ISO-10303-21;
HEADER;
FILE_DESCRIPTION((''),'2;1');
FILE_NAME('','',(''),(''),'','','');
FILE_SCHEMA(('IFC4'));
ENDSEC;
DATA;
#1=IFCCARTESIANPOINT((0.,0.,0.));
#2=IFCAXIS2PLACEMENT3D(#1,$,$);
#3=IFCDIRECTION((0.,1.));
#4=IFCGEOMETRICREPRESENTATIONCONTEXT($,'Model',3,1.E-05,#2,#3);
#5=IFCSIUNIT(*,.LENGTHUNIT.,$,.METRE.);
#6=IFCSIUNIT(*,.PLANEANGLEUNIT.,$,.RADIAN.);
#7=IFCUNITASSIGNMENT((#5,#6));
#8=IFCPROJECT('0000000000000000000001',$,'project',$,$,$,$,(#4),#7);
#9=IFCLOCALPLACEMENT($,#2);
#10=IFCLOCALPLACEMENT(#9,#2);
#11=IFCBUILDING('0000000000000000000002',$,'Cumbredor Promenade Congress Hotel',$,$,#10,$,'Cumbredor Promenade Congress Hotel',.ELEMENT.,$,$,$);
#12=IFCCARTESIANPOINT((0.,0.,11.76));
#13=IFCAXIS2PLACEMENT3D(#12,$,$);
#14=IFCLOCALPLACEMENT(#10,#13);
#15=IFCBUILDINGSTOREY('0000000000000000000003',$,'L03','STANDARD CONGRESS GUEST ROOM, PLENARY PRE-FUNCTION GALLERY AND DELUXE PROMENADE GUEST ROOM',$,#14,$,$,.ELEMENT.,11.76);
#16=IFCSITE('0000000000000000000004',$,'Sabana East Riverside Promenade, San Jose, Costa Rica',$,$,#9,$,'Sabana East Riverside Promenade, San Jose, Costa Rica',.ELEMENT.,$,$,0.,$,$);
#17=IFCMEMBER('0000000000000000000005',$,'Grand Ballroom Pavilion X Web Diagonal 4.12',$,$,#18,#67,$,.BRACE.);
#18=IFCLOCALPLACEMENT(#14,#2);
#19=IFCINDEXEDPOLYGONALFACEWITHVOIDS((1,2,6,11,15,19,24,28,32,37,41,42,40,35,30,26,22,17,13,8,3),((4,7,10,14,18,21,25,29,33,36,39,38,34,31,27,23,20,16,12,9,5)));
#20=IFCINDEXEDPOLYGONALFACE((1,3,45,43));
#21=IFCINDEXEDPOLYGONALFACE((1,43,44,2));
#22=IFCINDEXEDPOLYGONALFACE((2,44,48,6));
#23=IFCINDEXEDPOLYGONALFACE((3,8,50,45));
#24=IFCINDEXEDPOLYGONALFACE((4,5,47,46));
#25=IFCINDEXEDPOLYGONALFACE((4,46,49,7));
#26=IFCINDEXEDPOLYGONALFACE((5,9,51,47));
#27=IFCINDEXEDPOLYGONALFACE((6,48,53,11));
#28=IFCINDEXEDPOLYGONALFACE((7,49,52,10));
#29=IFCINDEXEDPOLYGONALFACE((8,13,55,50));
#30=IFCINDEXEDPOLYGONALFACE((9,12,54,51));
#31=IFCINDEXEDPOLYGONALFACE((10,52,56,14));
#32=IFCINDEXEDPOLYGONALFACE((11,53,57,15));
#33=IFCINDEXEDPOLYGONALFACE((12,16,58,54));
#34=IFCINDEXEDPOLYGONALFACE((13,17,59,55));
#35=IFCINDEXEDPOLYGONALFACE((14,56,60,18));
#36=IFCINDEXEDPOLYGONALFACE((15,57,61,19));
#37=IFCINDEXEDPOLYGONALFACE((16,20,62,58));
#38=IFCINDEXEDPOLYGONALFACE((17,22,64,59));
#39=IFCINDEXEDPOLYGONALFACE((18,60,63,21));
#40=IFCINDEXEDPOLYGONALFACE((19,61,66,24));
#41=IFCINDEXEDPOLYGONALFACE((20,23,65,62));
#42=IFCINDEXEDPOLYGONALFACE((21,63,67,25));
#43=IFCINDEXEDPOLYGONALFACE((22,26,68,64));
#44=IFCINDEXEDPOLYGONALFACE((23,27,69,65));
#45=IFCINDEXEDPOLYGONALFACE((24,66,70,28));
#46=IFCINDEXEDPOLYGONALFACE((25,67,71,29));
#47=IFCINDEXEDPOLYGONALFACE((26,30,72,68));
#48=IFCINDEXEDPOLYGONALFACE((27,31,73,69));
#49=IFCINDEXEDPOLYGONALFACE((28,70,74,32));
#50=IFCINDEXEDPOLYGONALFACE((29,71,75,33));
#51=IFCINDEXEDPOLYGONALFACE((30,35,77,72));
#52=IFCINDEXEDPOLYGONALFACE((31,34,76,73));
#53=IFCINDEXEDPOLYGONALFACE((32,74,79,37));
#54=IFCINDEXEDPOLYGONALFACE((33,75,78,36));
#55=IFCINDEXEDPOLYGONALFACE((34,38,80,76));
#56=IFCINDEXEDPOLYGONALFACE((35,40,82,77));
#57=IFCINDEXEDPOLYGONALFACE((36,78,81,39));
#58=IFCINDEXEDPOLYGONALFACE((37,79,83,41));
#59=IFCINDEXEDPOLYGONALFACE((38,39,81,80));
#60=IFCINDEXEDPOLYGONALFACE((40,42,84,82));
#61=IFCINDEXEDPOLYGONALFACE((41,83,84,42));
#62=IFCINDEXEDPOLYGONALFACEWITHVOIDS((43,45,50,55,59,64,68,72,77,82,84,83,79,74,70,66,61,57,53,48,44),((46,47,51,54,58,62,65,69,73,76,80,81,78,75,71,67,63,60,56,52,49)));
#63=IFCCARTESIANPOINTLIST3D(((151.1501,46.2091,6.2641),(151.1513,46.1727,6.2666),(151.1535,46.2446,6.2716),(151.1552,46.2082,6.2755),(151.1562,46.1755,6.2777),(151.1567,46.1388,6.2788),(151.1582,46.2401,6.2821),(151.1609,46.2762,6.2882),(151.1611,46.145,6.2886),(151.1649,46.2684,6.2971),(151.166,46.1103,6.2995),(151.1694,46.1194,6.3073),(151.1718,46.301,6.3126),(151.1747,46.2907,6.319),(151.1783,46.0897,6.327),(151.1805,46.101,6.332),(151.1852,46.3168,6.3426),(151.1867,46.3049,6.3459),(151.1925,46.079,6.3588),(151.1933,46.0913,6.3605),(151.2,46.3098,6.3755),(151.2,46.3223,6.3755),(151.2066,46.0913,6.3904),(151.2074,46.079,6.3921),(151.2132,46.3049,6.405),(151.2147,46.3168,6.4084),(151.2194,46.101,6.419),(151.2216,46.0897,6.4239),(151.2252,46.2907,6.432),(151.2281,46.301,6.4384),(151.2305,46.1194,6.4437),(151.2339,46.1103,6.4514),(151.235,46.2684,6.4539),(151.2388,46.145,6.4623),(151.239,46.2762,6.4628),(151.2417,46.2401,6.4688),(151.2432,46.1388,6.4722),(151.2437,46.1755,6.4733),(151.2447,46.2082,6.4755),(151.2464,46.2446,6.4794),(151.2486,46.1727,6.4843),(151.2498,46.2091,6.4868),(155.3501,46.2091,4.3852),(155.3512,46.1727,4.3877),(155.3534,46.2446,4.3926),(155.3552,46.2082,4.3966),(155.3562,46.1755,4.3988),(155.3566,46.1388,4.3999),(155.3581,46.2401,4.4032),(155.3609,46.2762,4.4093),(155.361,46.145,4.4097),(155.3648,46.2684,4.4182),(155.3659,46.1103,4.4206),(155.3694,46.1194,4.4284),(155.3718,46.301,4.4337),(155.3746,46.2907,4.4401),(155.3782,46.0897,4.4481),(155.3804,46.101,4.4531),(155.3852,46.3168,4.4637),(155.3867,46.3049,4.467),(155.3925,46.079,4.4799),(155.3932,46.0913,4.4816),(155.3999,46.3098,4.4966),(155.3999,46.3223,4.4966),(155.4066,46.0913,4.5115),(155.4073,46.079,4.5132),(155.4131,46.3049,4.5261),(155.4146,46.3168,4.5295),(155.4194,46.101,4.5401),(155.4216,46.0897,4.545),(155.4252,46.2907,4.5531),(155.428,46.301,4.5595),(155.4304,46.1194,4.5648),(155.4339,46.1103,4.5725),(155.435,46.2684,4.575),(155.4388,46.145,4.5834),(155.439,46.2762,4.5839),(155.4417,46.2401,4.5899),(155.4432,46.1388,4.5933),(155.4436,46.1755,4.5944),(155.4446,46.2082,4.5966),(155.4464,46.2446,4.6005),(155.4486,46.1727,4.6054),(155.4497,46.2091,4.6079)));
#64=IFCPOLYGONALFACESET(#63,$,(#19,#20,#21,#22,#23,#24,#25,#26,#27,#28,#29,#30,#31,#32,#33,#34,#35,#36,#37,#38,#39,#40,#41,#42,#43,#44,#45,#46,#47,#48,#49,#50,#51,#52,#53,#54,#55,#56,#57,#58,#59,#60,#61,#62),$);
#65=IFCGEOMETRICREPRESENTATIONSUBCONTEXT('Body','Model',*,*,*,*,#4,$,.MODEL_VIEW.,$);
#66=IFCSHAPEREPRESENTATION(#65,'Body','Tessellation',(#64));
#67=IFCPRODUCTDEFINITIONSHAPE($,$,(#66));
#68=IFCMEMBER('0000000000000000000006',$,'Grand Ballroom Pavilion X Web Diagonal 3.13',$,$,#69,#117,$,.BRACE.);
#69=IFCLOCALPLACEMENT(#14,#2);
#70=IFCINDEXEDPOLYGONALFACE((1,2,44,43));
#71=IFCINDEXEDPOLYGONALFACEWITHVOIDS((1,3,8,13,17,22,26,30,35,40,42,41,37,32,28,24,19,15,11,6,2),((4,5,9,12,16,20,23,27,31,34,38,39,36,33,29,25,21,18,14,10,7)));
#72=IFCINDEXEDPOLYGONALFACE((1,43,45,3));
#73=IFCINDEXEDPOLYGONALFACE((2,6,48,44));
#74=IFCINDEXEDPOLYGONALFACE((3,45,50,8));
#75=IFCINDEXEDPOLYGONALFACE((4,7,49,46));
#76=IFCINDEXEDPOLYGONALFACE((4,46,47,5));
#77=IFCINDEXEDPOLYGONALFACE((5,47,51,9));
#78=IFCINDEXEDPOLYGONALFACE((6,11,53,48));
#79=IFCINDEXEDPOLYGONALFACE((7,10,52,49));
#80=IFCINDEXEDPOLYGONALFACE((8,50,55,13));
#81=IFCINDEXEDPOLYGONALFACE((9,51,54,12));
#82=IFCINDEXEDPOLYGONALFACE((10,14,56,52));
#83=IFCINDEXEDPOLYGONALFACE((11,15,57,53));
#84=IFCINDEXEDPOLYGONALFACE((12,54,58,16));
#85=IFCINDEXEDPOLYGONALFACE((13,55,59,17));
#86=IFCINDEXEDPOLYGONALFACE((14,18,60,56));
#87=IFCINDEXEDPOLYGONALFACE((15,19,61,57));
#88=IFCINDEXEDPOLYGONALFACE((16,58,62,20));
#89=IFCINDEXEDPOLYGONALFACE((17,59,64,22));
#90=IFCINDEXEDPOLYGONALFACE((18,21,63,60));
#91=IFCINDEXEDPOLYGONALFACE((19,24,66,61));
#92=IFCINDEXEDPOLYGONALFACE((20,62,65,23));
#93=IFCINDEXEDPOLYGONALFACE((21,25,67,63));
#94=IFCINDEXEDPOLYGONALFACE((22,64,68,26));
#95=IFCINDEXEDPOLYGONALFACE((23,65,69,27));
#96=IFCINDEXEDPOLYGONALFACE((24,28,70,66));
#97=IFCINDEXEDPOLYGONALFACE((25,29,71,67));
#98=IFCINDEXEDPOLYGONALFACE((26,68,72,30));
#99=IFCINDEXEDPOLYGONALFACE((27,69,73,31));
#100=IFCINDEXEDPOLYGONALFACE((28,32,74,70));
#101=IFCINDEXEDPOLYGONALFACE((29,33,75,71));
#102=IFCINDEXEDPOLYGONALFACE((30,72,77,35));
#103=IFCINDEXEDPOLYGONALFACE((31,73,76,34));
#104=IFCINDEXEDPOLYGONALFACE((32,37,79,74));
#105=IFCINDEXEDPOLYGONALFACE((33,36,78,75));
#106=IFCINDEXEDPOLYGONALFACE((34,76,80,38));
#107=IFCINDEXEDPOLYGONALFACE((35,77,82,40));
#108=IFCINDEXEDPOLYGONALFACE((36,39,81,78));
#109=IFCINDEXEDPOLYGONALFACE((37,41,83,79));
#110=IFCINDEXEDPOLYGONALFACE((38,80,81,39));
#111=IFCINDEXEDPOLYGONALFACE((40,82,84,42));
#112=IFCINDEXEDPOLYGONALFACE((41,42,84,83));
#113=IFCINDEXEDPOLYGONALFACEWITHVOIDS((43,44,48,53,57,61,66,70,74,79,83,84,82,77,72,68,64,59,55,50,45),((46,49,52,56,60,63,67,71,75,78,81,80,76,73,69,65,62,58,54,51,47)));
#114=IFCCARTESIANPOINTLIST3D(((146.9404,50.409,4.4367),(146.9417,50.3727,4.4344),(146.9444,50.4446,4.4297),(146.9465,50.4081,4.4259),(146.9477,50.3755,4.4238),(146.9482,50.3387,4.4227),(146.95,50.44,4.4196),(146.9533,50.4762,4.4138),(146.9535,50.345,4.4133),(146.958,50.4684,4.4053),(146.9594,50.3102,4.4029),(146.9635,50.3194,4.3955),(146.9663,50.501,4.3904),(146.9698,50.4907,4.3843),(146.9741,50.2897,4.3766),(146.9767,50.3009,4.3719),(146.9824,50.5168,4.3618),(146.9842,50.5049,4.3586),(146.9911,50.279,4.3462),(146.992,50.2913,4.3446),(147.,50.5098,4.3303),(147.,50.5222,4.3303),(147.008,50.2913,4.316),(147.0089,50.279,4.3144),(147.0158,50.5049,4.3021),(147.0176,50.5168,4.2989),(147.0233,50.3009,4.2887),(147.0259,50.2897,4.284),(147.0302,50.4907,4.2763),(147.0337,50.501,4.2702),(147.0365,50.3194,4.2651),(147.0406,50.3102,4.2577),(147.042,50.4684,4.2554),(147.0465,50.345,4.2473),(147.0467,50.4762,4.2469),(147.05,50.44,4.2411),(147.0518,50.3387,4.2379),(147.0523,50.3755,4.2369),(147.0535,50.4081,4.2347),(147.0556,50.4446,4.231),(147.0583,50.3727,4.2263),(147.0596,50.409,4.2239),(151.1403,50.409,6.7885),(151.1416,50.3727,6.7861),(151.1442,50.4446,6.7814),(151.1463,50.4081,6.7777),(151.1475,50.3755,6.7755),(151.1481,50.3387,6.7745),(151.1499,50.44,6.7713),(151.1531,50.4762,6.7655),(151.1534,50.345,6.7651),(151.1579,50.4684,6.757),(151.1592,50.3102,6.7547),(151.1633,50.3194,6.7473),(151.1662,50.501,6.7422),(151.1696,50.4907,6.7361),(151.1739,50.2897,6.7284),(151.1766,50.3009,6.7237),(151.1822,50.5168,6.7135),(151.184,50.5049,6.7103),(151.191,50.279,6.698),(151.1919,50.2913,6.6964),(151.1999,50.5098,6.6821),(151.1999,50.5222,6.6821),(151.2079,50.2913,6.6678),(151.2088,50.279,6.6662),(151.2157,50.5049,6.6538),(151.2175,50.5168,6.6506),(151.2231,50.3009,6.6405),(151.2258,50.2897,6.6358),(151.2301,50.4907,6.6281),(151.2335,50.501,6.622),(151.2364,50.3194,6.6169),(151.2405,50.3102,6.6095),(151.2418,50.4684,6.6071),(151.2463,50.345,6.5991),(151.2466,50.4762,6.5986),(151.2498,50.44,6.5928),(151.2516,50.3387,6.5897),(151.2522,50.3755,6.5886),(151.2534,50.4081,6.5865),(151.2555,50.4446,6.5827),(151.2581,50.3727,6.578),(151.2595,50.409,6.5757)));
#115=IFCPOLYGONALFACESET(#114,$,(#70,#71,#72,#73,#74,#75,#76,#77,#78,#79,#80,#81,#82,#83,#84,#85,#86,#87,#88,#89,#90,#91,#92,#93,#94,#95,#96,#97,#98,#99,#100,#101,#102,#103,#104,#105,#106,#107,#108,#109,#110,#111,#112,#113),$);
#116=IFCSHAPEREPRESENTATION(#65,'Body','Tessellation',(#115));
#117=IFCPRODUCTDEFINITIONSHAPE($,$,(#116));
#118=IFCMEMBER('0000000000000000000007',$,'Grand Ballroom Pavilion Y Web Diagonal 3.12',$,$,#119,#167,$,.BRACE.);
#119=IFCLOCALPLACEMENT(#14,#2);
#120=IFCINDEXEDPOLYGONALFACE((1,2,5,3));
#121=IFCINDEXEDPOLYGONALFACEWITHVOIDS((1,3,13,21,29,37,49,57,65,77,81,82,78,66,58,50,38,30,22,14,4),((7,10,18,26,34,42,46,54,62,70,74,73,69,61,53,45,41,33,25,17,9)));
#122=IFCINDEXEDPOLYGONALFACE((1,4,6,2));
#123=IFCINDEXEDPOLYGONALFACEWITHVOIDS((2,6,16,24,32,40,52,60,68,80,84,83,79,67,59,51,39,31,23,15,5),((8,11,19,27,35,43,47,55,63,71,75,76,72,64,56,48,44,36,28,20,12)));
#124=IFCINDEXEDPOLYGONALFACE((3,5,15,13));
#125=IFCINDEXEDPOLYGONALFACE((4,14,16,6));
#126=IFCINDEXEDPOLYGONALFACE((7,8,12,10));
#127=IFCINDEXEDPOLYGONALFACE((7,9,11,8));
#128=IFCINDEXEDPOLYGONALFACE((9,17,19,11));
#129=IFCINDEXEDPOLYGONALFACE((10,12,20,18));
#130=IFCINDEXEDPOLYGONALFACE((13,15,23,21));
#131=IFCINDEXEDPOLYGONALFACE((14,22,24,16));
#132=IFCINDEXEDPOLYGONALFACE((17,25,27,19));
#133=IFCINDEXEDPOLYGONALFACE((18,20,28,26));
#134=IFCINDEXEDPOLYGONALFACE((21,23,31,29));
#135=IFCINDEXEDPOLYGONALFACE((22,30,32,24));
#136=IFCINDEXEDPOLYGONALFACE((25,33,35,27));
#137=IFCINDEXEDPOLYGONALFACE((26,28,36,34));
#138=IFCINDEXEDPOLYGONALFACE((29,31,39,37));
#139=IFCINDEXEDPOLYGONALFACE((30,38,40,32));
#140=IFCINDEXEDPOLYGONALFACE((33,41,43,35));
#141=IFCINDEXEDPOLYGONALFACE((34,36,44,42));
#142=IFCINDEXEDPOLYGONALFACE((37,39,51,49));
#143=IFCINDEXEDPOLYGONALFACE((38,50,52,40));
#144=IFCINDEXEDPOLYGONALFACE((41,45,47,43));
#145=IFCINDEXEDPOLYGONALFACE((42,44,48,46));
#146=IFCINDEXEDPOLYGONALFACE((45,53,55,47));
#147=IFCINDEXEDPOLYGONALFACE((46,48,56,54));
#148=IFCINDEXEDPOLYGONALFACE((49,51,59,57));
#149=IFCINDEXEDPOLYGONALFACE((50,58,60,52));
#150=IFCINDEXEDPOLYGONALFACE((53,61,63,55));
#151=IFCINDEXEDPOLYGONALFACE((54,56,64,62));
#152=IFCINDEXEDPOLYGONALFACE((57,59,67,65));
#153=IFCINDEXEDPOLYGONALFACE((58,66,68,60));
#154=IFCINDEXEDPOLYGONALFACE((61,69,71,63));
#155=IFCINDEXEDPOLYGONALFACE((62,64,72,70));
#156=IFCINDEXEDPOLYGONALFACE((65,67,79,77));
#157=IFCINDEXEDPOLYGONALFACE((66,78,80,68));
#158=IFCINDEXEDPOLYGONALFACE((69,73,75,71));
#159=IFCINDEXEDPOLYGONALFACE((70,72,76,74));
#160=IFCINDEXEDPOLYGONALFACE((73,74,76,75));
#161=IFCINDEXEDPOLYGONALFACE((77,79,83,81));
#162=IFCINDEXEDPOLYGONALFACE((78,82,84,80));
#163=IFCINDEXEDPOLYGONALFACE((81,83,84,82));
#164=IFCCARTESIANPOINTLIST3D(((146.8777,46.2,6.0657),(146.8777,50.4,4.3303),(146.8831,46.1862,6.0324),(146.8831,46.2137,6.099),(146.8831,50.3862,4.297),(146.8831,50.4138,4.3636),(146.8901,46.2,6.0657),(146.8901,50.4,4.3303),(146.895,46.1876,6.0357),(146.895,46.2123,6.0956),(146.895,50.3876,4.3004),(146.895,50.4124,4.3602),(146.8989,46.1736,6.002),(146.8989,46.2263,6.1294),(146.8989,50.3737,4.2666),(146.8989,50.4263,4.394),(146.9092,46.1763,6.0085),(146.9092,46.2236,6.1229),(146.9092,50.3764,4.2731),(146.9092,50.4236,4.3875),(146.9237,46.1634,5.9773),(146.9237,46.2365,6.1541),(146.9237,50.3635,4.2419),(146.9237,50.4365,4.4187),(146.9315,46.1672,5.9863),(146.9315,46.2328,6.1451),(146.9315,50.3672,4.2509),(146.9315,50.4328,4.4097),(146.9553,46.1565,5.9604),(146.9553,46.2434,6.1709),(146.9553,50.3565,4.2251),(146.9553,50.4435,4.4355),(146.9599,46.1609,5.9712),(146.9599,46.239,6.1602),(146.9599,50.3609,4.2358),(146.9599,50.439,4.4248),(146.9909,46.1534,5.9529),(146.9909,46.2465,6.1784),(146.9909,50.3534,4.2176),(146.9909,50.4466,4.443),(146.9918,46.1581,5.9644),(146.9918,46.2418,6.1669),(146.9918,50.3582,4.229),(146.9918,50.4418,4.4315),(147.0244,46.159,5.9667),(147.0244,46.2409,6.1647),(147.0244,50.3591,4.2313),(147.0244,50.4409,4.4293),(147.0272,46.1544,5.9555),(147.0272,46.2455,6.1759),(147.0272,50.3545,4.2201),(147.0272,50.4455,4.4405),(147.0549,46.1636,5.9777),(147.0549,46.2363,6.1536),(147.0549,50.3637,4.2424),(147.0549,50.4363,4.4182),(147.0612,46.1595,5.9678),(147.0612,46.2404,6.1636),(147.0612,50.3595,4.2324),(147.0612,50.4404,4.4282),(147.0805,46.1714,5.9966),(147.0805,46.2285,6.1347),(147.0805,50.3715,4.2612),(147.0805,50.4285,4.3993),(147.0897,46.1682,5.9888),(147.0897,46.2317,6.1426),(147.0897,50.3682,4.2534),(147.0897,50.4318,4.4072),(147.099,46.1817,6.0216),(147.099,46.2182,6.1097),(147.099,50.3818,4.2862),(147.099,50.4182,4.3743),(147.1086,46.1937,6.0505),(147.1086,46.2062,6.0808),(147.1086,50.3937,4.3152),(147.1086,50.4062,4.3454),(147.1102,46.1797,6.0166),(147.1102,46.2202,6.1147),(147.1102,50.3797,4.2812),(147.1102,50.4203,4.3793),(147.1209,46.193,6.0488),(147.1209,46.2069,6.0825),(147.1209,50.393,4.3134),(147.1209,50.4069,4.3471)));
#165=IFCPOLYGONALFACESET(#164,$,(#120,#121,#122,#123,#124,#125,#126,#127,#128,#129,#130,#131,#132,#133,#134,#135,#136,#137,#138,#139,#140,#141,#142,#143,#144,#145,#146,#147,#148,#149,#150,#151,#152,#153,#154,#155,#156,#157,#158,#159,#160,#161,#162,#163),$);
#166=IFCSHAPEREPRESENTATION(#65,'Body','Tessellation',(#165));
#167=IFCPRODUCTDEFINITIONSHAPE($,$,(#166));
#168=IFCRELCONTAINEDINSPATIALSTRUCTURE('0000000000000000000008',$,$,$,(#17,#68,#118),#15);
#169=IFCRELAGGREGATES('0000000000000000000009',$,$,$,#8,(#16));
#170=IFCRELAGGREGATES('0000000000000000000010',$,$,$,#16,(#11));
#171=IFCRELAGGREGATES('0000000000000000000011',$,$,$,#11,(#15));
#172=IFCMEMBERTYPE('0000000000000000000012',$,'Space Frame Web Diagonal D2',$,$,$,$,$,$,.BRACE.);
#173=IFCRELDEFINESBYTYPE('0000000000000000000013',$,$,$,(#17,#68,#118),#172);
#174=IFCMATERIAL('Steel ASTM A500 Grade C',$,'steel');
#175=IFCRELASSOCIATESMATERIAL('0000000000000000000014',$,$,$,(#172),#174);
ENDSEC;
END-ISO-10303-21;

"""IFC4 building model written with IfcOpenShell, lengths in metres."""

from ifc_helpers import new_model, si_unit, direction, frame, origin, origin_2d, place, context, subcontext, project, spatial, hollow_circle, extrude, material, material_profile, profile_set, type_object, element, save


model = new_model("IFC4")

# Units and contexts
model_context = context("Model", 3, precision=1e-05, world=origin(), true_north=direction((0.0, 1.0)))
body_context = subcontext(model_context, "Body", "Model", "MODEL_VIEW")
ifc_project = project(units=[si_unit("LENGTHUNIT", "METRE"), si_unit("PLANEANGLEUNIT", "RADIAN")], contexts=[model_context])

# Site, building, storey
site_placement = place(None, origin())
site = spatial("IfcSite", under=ifc_project, at=site_placement, Name="Sabana East Riverside Promenade, San Jose, Costa Rica", LongName="Sabana East Riverside Promenade, San Jose, Costa Rica", CompositionType="ELEMENT", RefElevation=0.0)
building_placement = place(site_placement, origin())
building = spatial("IfcBuilding", under=site, at=building_placement, Name="Cumbredor Promenade Congress Hotel", LongName="Cumbredor Promenade Congress Hotel", CompositionType="ELEMENT")
storey_placement = place(building_placement, frame((0.0, 0.0, 11.76)))
storey = spatial("IfcBuildingStorey", under=building, at=storey_placement, Name="L03", Description="STANDARD CONGRESS GUEST ROOM, PLENARY PRE-FUNCTION GALLERY AND DELUXE PROMENADE GUEST ROOM", CompositionType="ELEMENT", Elevation=11.76)

# Shared definitions
ifc_material_1 = material(Name="Steel ASTM A500 Grade C", Category="steel")

# Members
ifc_material_profile_1 = material_profile(ifc_material_1, hollow_circle(Radius=0.1223, WallThickness=0.0125, at=origin_2d()), Name="CHS 244.5x12.5")
ifc_profile_set_1 = profile_set([ifc_material_profile_1], Name="Steel ASTM A500 Grade C")
member_type_1 = type_object("IfcMemberType", Name="Space Frame Web Diagonal D2", PredefinedType="BRACE", material=ifc_profile_set_1)
member_1_placement = place(storey_placement, frame((151.2, 46.2, 6.3755), z_axis=(0.91282, 0.0, -0.408363), x_axis=(0.0, 1.0, 0.0)))
element("IfcMember", 1, at=member_1_placement, inside=storey, type_object=member_type_1, Name="Grand Ballroom Pavilion X Web Diagonal 4.12", PredefinedType="BRACE", context=body_context, shape_type="SweptSolid", body=[
    extrude(hollow_circle(Radius=0.1223, WallThickness=0.0125, at=origin_2d()), origin(), (0.0, 0.0, 1.0), 4.6011),
])
member_2_placement = place(storey_placement, frame((147.0, 50.3999, 4.3303), z_axis=(0.872521, 0.0, 0.488577), x_axis=(0.0, 1.0, 0.0)))
element("IfcMember", 2, at=member_2_placement, inside=storey, type_object=member_type_1, Name="Grand Ballroom Pavilion X Web Diagonal 3.13", PredefinedType="BRACE", context=body_context, shape_type="SweptSolid", body=[
    extrude(hollow_circle(Radius=0.1223, WallThickness=0.0125, at=origin_2d()), origin(), (0.0, 0.0, 1.0), 4.8135),
])
member_3_placement = place(storey_placement, frame((147.0, 46.2, 6.0657), z_axis=(0.0, 0.924216, -0.381871), x_axis=(-1.0, 0.0, 0.0)))
element("IfcMember", 3, at=member_3_placement, inside=storey, type_object=member_type_1, Name="Grand Ballroom Pavilion Y Web Diagonal 3.12", PredefinedType="BRACE", context=body_context, shape_type="SweptSolid", body=[
    extrude(hollow_circle(Radius=0.1223, WallThickness=0.0125, at=origin_2d()), origin(), (0.0, 0.0, 1.0), 4.5444),
])

save(model, "model.ifc")
